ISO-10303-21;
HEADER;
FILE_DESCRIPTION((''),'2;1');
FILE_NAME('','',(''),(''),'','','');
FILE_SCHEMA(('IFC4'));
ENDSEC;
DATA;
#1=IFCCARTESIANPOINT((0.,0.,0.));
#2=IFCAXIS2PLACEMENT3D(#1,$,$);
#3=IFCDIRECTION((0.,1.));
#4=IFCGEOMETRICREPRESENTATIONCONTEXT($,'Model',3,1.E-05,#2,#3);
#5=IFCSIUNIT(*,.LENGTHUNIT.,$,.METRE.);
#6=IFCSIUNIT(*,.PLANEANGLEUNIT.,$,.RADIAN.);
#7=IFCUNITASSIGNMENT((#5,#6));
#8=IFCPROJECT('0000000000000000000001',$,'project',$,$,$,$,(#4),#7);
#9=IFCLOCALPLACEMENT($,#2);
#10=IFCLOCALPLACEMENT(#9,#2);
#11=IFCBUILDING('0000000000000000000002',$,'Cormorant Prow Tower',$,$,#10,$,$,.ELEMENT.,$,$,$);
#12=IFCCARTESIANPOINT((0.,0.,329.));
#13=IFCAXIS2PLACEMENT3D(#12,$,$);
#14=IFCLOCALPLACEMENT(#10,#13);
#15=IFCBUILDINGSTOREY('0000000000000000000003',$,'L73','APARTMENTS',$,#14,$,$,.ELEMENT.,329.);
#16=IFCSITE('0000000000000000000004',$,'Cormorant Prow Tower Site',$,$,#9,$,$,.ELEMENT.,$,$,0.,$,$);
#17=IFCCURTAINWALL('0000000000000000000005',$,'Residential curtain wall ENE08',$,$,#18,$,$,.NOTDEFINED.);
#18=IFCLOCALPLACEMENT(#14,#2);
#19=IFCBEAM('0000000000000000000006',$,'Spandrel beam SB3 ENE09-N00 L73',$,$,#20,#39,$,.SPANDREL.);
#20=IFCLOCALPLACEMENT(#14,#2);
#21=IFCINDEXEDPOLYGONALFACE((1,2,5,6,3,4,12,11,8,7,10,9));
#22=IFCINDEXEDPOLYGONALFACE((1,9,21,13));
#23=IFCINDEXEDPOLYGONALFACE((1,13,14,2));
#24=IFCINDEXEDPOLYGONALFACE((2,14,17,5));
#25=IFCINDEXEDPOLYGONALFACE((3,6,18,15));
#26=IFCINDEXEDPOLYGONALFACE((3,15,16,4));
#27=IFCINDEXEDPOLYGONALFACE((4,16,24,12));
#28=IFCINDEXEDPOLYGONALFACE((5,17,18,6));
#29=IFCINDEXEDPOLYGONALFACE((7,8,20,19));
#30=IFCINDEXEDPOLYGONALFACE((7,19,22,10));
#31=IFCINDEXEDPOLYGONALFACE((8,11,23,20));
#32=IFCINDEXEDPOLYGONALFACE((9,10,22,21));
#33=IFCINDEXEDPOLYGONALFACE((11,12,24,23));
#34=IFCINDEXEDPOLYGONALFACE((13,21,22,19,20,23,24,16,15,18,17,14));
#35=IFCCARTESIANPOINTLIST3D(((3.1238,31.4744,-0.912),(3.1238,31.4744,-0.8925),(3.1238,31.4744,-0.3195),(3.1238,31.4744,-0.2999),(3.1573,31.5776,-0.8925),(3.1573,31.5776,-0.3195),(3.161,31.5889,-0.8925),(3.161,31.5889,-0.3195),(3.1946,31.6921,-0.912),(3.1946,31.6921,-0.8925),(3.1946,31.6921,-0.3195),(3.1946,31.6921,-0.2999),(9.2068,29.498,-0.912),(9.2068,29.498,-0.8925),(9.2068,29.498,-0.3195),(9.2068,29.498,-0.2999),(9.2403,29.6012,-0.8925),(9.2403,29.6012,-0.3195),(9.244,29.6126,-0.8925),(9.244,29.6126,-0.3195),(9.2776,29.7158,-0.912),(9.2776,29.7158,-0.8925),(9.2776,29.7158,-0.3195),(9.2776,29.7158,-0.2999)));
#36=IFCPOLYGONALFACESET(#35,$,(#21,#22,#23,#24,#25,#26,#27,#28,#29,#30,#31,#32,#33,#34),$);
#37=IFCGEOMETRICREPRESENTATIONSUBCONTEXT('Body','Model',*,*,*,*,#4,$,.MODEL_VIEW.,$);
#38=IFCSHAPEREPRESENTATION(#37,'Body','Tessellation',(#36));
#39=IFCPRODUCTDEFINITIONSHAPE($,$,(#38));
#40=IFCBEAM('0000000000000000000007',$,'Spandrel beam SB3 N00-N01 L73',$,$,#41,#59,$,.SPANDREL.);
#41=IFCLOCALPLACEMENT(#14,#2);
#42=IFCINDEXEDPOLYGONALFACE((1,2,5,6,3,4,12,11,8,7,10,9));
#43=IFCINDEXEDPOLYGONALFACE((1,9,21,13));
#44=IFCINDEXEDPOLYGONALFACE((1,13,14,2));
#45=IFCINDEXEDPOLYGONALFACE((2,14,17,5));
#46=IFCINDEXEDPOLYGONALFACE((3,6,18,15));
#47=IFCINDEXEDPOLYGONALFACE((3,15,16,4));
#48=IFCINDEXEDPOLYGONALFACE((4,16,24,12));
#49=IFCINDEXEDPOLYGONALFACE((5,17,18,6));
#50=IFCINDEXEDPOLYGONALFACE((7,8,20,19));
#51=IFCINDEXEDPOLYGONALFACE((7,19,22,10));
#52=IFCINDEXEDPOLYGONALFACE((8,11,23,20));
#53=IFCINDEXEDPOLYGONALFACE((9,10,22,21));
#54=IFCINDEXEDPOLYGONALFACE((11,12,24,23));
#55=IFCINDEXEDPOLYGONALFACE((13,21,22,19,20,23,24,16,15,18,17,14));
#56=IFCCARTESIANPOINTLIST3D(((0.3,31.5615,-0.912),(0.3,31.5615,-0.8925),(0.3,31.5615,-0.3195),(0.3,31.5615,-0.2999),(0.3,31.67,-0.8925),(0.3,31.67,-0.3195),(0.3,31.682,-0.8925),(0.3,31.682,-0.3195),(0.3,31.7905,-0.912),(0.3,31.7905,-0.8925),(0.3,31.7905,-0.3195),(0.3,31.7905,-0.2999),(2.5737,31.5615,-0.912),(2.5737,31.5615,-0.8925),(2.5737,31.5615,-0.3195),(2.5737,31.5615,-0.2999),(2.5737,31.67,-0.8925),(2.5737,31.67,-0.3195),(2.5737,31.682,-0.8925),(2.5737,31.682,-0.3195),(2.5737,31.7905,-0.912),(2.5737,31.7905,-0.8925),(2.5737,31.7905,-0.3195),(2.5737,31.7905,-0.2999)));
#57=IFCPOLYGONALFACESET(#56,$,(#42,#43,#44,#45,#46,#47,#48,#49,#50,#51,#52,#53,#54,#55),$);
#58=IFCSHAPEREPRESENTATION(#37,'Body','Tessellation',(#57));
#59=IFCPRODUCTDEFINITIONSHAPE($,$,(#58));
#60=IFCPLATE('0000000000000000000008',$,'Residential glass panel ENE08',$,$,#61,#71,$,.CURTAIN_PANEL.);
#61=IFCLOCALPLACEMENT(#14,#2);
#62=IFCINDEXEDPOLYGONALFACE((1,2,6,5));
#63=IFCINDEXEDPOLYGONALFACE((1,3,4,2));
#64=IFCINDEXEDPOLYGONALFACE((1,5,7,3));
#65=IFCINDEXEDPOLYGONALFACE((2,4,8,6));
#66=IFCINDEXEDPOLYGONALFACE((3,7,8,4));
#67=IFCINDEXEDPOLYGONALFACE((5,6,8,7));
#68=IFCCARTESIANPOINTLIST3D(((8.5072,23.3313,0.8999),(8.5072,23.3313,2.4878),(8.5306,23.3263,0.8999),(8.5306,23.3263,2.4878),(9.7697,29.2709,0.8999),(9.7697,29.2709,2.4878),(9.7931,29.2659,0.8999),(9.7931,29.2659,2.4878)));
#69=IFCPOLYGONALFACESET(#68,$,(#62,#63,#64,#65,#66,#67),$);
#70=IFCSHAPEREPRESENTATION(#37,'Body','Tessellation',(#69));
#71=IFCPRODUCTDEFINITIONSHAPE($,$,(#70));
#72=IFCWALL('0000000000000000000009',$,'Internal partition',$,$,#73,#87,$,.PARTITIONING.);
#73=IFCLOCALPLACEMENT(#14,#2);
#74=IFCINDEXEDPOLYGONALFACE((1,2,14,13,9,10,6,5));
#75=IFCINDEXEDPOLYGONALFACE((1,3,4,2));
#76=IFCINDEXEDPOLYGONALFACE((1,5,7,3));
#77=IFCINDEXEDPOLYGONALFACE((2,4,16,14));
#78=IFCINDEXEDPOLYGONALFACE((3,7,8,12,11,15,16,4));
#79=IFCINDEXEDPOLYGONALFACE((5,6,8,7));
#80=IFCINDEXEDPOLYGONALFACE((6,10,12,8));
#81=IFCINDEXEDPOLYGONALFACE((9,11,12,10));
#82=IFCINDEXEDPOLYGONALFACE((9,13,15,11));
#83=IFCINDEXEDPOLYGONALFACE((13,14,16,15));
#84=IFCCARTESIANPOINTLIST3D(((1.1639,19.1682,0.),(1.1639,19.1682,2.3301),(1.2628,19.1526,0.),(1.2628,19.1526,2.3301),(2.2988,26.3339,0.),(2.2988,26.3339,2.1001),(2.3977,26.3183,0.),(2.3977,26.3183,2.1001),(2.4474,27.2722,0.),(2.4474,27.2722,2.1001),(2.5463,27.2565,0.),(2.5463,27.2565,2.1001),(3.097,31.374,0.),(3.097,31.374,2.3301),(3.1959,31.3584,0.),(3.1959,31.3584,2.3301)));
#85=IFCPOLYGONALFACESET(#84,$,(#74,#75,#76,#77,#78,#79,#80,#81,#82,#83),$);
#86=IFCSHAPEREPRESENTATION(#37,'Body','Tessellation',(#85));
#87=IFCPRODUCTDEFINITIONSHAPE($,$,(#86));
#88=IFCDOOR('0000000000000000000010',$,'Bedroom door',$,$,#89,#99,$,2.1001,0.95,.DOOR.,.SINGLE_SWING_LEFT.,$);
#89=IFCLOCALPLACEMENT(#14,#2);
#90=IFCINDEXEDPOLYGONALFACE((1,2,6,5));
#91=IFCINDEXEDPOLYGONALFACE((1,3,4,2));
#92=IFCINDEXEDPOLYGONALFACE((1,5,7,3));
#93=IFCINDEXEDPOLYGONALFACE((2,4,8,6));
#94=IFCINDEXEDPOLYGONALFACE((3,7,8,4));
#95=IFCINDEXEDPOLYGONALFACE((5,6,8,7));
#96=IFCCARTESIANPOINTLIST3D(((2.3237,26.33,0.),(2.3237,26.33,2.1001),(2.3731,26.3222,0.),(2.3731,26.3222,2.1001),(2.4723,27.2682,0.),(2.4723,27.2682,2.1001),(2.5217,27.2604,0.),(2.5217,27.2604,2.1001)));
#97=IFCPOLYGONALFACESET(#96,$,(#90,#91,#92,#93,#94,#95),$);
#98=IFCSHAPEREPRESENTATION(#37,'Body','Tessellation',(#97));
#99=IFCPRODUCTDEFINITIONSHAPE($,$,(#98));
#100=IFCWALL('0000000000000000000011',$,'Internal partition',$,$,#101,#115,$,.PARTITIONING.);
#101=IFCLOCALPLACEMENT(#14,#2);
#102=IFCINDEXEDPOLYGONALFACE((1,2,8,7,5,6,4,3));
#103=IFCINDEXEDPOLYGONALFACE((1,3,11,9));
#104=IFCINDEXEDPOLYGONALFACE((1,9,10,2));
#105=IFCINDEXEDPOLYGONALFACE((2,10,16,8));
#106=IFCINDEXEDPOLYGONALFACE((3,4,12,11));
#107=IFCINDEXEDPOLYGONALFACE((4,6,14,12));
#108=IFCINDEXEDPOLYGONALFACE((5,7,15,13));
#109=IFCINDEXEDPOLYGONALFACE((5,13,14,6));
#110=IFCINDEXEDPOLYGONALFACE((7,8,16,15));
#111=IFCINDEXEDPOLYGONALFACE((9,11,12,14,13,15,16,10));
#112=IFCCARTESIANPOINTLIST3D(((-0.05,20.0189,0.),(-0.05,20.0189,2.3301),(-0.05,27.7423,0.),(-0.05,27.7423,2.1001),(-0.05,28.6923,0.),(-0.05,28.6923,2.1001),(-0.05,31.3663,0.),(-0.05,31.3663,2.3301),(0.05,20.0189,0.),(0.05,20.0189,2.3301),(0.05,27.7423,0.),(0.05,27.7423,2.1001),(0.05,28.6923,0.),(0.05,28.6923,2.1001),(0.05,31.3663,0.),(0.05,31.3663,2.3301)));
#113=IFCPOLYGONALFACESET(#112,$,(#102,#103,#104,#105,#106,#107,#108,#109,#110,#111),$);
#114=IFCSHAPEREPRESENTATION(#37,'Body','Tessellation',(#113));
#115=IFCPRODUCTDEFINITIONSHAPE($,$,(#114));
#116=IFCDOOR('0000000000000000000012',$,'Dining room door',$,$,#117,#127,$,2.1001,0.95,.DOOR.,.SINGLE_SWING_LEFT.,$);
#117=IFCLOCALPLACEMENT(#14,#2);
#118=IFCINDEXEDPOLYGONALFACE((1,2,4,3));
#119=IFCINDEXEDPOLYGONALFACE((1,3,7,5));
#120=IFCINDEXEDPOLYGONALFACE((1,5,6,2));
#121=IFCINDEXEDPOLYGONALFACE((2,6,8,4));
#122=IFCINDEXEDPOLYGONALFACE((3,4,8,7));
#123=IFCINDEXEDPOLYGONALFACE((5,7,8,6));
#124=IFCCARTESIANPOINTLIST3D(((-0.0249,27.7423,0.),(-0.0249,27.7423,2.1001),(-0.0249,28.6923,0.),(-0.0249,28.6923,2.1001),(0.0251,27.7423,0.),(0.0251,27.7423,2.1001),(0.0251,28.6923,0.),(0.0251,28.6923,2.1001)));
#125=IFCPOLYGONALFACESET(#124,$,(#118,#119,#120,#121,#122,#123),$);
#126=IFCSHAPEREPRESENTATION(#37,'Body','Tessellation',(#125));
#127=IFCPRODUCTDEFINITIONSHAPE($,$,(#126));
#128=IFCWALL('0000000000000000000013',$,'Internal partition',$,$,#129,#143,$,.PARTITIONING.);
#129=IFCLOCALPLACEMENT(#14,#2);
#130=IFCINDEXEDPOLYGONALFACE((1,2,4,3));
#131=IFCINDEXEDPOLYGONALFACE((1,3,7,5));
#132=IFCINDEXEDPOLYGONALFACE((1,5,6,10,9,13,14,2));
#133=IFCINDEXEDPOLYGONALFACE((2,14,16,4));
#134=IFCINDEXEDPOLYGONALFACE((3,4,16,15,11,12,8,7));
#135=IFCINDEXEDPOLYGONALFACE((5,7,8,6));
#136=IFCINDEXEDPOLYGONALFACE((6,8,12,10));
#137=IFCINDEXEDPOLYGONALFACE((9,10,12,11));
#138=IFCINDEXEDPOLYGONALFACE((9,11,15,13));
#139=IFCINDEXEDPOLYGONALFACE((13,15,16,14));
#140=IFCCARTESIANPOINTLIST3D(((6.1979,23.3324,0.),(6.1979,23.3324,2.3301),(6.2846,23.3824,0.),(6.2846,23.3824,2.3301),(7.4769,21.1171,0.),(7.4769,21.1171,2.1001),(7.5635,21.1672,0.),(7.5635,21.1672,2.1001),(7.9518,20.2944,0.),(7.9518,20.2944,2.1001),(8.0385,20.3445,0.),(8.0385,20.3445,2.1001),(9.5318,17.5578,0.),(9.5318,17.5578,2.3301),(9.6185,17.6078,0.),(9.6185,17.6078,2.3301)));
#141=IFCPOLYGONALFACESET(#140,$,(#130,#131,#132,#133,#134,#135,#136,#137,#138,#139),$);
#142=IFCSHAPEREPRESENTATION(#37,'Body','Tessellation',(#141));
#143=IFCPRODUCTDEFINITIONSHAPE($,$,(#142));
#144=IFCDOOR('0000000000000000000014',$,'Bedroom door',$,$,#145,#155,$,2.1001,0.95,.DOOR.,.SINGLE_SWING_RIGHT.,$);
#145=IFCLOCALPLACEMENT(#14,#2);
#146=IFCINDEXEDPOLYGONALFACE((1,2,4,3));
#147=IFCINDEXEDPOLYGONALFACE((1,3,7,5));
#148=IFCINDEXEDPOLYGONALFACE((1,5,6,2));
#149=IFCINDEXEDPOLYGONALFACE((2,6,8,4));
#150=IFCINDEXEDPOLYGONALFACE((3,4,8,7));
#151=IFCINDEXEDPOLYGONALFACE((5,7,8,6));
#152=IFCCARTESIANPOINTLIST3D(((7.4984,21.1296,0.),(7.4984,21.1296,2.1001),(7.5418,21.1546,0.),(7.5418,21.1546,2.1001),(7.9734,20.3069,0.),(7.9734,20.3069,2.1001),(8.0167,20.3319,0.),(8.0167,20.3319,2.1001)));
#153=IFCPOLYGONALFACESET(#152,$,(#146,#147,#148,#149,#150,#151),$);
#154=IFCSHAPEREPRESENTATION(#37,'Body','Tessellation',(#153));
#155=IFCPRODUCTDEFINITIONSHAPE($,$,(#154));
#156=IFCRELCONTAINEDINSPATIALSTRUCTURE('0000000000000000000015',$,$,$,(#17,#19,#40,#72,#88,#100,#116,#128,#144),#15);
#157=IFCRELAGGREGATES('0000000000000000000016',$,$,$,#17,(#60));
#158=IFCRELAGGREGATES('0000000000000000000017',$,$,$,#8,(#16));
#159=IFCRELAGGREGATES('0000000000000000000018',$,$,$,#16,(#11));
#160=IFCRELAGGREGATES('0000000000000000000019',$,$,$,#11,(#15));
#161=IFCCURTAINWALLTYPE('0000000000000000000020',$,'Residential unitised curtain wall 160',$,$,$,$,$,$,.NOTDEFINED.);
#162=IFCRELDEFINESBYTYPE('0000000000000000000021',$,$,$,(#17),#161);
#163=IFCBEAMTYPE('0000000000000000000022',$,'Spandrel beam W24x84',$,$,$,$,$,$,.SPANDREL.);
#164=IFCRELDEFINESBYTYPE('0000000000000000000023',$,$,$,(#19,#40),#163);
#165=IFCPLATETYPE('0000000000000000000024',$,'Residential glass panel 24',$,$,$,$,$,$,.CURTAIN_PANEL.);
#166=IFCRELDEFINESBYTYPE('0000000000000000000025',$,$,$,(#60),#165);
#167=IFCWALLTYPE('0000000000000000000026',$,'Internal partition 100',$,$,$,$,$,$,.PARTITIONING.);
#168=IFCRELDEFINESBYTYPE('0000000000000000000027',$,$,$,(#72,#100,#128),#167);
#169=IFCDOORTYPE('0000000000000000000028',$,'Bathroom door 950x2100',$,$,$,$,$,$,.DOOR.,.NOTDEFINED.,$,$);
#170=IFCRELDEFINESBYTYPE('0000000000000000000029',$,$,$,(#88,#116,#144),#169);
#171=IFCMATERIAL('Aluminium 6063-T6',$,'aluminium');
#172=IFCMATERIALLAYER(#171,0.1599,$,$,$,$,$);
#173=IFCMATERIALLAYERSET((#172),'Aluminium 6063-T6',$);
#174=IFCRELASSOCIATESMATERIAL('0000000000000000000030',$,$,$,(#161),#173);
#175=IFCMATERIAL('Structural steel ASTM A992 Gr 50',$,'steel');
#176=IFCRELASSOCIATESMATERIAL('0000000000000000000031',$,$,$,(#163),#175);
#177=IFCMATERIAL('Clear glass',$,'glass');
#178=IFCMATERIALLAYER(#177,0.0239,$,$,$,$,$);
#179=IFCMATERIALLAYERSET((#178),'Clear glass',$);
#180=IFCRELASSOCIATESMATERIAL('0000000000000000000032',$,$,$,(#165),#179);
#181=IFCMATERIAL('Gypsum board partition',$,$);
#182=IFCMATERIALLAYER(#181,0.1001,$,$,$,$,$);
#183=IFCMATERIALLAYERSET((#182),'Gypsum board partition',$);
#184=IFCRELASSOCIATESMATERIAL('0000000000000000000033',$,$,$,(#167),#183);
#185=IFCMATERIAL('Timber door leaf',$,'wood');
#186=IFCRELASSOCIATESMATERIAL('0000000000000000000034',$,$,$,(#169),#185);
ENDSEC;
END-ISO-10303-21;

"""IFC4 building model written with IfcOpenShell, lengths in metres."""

from ifc_helpers import new_model, si_unit, direction, frame, frame_2d, origin, origin_2d, place, context, subcontext, project, spatial, rectangle, i_section, extrude, material, layer, layer_set, material_profile, profile_set, type_object, element, fill, aggregate, save


model = new_model("IFC4")

# Units and contexts
model_context = context("Model", 3, precision=1e-05, world=origin(), true_north=direction((0.0, 1.0)))
body_context = subcontext(model_context, "Body", "Model", "MODEL_VIEW")
ifc_project = project(units=[si_unit("LENGTHUNIT", "METRE"), si_unit("PLANEANGLEUNIT", "RADIAN")], contexts=[model_context])

# Site, building, storey
site_placement = place(None, origin())
site = spatial("IfcSite", under=ifc_project, at=site_placement, Name="Cormorant Prow Tower Site", CompositionType="ELEMENT", RefElevation=0.0)
building_placement = place(site_placement, origin())
building = spatial("IfcBuilding", under=site, at=building_placement, Name="Cormorant Prow Tower", CompositionType="ELEMENT")
storey_placement = place(building_placement, frame((0.0, 0.0, 329.0)))
storey = spatial("IfcBuildingStorey", under=building, at=storey_placement, Name="L73", Description="APARTMENTS", CompositionType="ELEMENT", Elevation=329.0)

# Curtain wall
ifc_material_1 = material(Name="Aluminium 6063-T6", Category="aluminium")
ifc_layer_1 = layer(ifc_material_1, 0.1599)
ifc_layer_set_1 = layer_set([ifc_layer_1], Name="Aluminium 6063-T6")
curtain_wall_type = type_object("IfcCurtainWallType", Name="Residential unitised curtain wall 160", PredefinedType="NOTDEFINED", material=ifc_layer_set_1)
curtain_wall_placement = place(storey_placement, origin())
curtain_wall = element("IfcCurtainWall", 1, at=curtain_wall_placement, inside=storey, type_object=curtain_wall_type, Name="Residential curtain wall ENE08", PredefinedType="NOTDEFINED")

# Beams
ifc_material_2 = material(Name="Structural steel ASTM A992 Gr 50", Category="steel")
ifc_material_profile_1 = material_profile(ifc_material_2, i_section(OverallWidth=0.229, OverallDepth=0.6121, WebThickness=0.012, FlangeThickness=0.0195, at=origin_2d()), Name="W24x84")
ifc_profile_set_1 = profile_set([ifc_material_profile_1], Name="Structural steel ASTM A992 Gr 50")
beam_type_1 = type_object("IfcBeamType", Name="Spandrel beam W24x84", PredefinedType="SPANDREL", material=ifc_profile_set_1)
beam_1_placement = place(storey_placement, frame((9.2422, 29.6069, -0.606), z_axis=(-0.951064, 0.308993, 0.0), x_axis=(-0.308993, -0.951064, 0.0)))
element("IfcBeam", 2, at=beam_1_placement, inside=storey, type_object=beam_type_1, Name="Spandrel beam SB3 ENE09-N00 L73", PredefinedType="SPANDREL", context=body_context, shape_type="SweptSolid", body=[
    extrude(i_section(OverallWidth=0.229, OverallDepth=0.6121, WebThickness=0.012, FlangeThickness=0.0195, at=origin_2d()), origin(), (0.0, 0.0, 1.0), 6.396),
])
beam_2_placement = place(storey_placement, frame((2.5737, 31.676, -0.606), z_axis=(-1.0, 0.0, 0.0), x_axis=(0.0, -1.0, 0.0)))
element("IfcBeam", 3, at=beam_2_placement, inside=storey, type_object=beam_type_1, Name="Spandrel beam SB3 N00-N01 L73", PredefinedType="SPANDREL", context=body_context, shape_type="SweptSolid", body=[
    extrude(i_section(OverallWidth=0.229, OverallDepth=0.6121, WebThickness=0.012, FlangeThickness=0.0195, at=origin_2d()), origin(), (0.0, 0.0, 1.0), 2.2737),
])

# Plate
ifc_material_3 = material(Name="Clear glass", Category="glass")
ifc_layer_2 = layer(ifc_material_3, 0.0239)
ifc_layer_set_2 = layer_set([ifc_layer_2], Name="Clear glass")
plate_type = type_object("IfcPlateType", Name="Residential glass panel 24", PredefinedType="CURTAIN_PANEL", material=ifc_layer_set_2)
plate_placement = place(storey_placement, frame((9.1501, 26.2986, 0.8999), z_axis=(0.0, 0.0, 1.0), x_axis=(0.207912, 0.978148, 0.0)))
plate = element("IfcPlate", 4, at=plate_placement, type_object=plate_type, Name="Residential glass panel ENE08", PredefinedType="CURTAIN_PANEL", context=body_context, shape_type="SweptSolid", body=[
    extrude(rectangle(XDim=6.0723, YDim=0.0239, at=origin_2d()), origin(), (0.0, 0.0, 1.0), 1.5879),
])
aggregate(curtain_wall, [plate])

# Walls, openings, doors
ifc_material_4 = material(Name="Gypsum board partition")
ifc_layer_3 = layer(ifc_material_4, 0.1001)
ifc_layer_set_3 = layer_set([ifc_layer_3], Name="Gypsum board partition")
wall_type_1 = type_object("IfcWallType", Name="Internal partition 100", PredefinedType="PARTITIONING", material=ifc_layer_set_3)
wall_1_placement = place(storey_placement, frame((1.2134, 19.1604, 0.0), z_axis=(0.0, 0.0, 1.0), x_axis=(0.156426, 0.98769, 0.0)))
wall_1 = element("IfcWall", 5, at=wall_1_placement, inside=storey, type_object=wall_type_1, Name="Internal partition", PredefinedType="PARTITIONING", context=body_context, shape_type="SweptSolid", body=[
    extrude(rectangle(XDim=12.3579, YDim=0.1001, at=frame_2d((6.179, 0.0))), origin(), (0.0, 0.0, 1.0), 2.3301),
])
opening_1_placement = place(wall_1_placement, frame((7.2549, 0.0, 0.0)))
opening_1 = element("IfcOpeningElement", 6, at=opening_1_placement, cuts=wall_1, PredefinedType="OPENING", context=body_context, shape_type="SweptSolid", body=[
    extrude(rectangle(XDim=0.95, YDim=2.1001, at=frame_2d((0.4751, 1.05))), frame((0.0, 0.0601, 0.0), z_axis=(0.0, -1.0, 0.0), x_axis=(1.0, 0.0, 0.0)), (0.0, 0.0, 1.0), 0.1201),
])
ifc_material_5 = material(Name="Timber door leaf", Category="wood")
door_type_1 = type_object("IfcDoorType", Name="Bathroom door 950x2100", OperationType="NOTDEFINED", PredefinedType="DOOR", material=ifc_material_5)
door_1_placement = place(opening_1_placement, origin())
door_1 = element("IfcDoor", 7, at=door_1_placement, inside=storey, type_object=door_type_1, Name="Bedroom door", OperationType="SINGLE_SWING_LEFT", OverallHeight=2.1001, OverallWidth=0.95, PredefinedType="DOOR", context=body_context, shape_type="SweptSolid", body=[
    extrude(rectangle(XDim=0.95, YDim=2.1001, at=frame_2d((0.4751, 1.05))), frame((0.0, 0.0249, 0.0), z_axis=(0.0, -1.0, 0.0), x_axis=(1.0, 0.0, 0.0)), (0.0, 0.0, 1.0), 0.05),
])
fill(opening_1, door_1)
wall_2_placement = place(storey_placement, frame((0.0, 20.0188, 0.0), z_axis=(0.0, 0.0, 1.0), x_axis=(0.0, 1.0, 0.0)))
wall_2 = element("IfcWall", 8, at=wall_2_placement, inside=storey, type_object=wall_type_1, Name="Internal partition", PredefinedType="PARTITIONING", context=body_context, shape_type="SweptSolid", body=[
    extrude(rectangle(XDim=11.3474, YDim=0.1001, at=frame_2d((5.6738, 0.0))), origin(), (0.0, 0.0, 1.0), 2.3301),
])
opening_2_placement = place(wall_2_placement, frame((7.7234, 0.0, 0.0)))
opening_2 = element("IfcOpeningElement", 9, at=opening_2_placement, cuts=wall_2, PredefinedType="OPENING", context=body_context, shape_type="SweptSolid", body=[
    extrude(rectangle(XDim=0.95, YDim=2.1001, at=frame_2d((0.4751, 1.05))), frame((0.0, 0.0601, 0.0), z_axis=(0.0, -1.0, 0.0), x_axis=(1.0, 0.0, 0.0)), (0.0, 0.0, 1.0), 0.1201),
])
door_2_placement = place(opening_2_placement, origin())
door_2 = element("IfcDoor", 10, at=door_2_placement, inside=storey, type_object=door_type_1, Name="Dining room door", OperationType="SINGLE_SWING_LEFT", OverallHeight=2.1001, OverallWidth=0.95, PredefinedType="DOOR", context=body_context, shape_type="SweptSolid", body=[
    extrude(rectangle(XDim=0.95, YDim=2.1001, at=frame_2d((0.4751, 1.05))), frame((0.0, 0.0249, 0.0), z_axis=(0.0, -1.0, 0.0), x_axis=(1.0, 0.0, 0.0)), (0.0, 0.0, 1.0), 0.05),
])
fill(opening_2, door_2)
wall_3_placement = place(storey_placement, frame((6.2412, 23.3574, 0.0), z_axis=(0.0, 0.0, 1.0), x_axis=(0.499998, -0.866026, 0.0)))
wall_3 = element("IfcWall", 11, at=wall_3_placement, inside=storey, type_object=wall_type_1, Name="Internal partition", PredefinedType="PARTITIONING", context=body_context, shape_type="SweptSolid", body=[
    extrude(rectangle(XDim=6.668, YDim=0.1001, at=frame_2d((3.334, 0.0))), origin(), (0.0, 0.0, 1.0), 2.3301),
])
opening_3_placement = place(wall_3_placement, frame((2.5579, 0.0, 0.0)))
opening_3 = element("IfcOpeningElement", 12, at=opening_3_placement, cuts=wall_3, PredefinedType="OPENING", context=body_context, shape_type="SweptSolid", body=[
    extrude(rectangle(XDim=0.95, YDim=2.1001, at=frame_2d((0.4751, 1.05))), frame((0.0, 0.0601, 0.0), z_axis=(0.0, -1.0, 0.0), x_axis=(1.0, 0.0, 0.0)), (0.0, 0.0, 1.0), 0.1201),
])
door_3_placement = place(opening_3_placement, origin())
door_3 = element("IfcDoor", 13, at=door_3_placement, inside=storey, type_object=door_type_1, Name="Bedroom door", OperationType="SINGLE_SWING_RIGHT", OverallHeight=2.1001, OverallWidth=0.95, PredefinedType="DOOR", context=body_context, shape_type="SweptSolid", body=[
    extrude(rectangle(XDim=0.95, YDim=2.1001, at=frame_2d((0.4751, 1.05))), frame((0.0, 0.0249, 0.0), z_axis=(0.0, -1.0, 0.0), x_axis=(1.0, 0.0, 0.0)), (0.0, 0.0, 1.0), 0.05),
])
fill(opening_3, door_3)

save(model, "model.ifc")
